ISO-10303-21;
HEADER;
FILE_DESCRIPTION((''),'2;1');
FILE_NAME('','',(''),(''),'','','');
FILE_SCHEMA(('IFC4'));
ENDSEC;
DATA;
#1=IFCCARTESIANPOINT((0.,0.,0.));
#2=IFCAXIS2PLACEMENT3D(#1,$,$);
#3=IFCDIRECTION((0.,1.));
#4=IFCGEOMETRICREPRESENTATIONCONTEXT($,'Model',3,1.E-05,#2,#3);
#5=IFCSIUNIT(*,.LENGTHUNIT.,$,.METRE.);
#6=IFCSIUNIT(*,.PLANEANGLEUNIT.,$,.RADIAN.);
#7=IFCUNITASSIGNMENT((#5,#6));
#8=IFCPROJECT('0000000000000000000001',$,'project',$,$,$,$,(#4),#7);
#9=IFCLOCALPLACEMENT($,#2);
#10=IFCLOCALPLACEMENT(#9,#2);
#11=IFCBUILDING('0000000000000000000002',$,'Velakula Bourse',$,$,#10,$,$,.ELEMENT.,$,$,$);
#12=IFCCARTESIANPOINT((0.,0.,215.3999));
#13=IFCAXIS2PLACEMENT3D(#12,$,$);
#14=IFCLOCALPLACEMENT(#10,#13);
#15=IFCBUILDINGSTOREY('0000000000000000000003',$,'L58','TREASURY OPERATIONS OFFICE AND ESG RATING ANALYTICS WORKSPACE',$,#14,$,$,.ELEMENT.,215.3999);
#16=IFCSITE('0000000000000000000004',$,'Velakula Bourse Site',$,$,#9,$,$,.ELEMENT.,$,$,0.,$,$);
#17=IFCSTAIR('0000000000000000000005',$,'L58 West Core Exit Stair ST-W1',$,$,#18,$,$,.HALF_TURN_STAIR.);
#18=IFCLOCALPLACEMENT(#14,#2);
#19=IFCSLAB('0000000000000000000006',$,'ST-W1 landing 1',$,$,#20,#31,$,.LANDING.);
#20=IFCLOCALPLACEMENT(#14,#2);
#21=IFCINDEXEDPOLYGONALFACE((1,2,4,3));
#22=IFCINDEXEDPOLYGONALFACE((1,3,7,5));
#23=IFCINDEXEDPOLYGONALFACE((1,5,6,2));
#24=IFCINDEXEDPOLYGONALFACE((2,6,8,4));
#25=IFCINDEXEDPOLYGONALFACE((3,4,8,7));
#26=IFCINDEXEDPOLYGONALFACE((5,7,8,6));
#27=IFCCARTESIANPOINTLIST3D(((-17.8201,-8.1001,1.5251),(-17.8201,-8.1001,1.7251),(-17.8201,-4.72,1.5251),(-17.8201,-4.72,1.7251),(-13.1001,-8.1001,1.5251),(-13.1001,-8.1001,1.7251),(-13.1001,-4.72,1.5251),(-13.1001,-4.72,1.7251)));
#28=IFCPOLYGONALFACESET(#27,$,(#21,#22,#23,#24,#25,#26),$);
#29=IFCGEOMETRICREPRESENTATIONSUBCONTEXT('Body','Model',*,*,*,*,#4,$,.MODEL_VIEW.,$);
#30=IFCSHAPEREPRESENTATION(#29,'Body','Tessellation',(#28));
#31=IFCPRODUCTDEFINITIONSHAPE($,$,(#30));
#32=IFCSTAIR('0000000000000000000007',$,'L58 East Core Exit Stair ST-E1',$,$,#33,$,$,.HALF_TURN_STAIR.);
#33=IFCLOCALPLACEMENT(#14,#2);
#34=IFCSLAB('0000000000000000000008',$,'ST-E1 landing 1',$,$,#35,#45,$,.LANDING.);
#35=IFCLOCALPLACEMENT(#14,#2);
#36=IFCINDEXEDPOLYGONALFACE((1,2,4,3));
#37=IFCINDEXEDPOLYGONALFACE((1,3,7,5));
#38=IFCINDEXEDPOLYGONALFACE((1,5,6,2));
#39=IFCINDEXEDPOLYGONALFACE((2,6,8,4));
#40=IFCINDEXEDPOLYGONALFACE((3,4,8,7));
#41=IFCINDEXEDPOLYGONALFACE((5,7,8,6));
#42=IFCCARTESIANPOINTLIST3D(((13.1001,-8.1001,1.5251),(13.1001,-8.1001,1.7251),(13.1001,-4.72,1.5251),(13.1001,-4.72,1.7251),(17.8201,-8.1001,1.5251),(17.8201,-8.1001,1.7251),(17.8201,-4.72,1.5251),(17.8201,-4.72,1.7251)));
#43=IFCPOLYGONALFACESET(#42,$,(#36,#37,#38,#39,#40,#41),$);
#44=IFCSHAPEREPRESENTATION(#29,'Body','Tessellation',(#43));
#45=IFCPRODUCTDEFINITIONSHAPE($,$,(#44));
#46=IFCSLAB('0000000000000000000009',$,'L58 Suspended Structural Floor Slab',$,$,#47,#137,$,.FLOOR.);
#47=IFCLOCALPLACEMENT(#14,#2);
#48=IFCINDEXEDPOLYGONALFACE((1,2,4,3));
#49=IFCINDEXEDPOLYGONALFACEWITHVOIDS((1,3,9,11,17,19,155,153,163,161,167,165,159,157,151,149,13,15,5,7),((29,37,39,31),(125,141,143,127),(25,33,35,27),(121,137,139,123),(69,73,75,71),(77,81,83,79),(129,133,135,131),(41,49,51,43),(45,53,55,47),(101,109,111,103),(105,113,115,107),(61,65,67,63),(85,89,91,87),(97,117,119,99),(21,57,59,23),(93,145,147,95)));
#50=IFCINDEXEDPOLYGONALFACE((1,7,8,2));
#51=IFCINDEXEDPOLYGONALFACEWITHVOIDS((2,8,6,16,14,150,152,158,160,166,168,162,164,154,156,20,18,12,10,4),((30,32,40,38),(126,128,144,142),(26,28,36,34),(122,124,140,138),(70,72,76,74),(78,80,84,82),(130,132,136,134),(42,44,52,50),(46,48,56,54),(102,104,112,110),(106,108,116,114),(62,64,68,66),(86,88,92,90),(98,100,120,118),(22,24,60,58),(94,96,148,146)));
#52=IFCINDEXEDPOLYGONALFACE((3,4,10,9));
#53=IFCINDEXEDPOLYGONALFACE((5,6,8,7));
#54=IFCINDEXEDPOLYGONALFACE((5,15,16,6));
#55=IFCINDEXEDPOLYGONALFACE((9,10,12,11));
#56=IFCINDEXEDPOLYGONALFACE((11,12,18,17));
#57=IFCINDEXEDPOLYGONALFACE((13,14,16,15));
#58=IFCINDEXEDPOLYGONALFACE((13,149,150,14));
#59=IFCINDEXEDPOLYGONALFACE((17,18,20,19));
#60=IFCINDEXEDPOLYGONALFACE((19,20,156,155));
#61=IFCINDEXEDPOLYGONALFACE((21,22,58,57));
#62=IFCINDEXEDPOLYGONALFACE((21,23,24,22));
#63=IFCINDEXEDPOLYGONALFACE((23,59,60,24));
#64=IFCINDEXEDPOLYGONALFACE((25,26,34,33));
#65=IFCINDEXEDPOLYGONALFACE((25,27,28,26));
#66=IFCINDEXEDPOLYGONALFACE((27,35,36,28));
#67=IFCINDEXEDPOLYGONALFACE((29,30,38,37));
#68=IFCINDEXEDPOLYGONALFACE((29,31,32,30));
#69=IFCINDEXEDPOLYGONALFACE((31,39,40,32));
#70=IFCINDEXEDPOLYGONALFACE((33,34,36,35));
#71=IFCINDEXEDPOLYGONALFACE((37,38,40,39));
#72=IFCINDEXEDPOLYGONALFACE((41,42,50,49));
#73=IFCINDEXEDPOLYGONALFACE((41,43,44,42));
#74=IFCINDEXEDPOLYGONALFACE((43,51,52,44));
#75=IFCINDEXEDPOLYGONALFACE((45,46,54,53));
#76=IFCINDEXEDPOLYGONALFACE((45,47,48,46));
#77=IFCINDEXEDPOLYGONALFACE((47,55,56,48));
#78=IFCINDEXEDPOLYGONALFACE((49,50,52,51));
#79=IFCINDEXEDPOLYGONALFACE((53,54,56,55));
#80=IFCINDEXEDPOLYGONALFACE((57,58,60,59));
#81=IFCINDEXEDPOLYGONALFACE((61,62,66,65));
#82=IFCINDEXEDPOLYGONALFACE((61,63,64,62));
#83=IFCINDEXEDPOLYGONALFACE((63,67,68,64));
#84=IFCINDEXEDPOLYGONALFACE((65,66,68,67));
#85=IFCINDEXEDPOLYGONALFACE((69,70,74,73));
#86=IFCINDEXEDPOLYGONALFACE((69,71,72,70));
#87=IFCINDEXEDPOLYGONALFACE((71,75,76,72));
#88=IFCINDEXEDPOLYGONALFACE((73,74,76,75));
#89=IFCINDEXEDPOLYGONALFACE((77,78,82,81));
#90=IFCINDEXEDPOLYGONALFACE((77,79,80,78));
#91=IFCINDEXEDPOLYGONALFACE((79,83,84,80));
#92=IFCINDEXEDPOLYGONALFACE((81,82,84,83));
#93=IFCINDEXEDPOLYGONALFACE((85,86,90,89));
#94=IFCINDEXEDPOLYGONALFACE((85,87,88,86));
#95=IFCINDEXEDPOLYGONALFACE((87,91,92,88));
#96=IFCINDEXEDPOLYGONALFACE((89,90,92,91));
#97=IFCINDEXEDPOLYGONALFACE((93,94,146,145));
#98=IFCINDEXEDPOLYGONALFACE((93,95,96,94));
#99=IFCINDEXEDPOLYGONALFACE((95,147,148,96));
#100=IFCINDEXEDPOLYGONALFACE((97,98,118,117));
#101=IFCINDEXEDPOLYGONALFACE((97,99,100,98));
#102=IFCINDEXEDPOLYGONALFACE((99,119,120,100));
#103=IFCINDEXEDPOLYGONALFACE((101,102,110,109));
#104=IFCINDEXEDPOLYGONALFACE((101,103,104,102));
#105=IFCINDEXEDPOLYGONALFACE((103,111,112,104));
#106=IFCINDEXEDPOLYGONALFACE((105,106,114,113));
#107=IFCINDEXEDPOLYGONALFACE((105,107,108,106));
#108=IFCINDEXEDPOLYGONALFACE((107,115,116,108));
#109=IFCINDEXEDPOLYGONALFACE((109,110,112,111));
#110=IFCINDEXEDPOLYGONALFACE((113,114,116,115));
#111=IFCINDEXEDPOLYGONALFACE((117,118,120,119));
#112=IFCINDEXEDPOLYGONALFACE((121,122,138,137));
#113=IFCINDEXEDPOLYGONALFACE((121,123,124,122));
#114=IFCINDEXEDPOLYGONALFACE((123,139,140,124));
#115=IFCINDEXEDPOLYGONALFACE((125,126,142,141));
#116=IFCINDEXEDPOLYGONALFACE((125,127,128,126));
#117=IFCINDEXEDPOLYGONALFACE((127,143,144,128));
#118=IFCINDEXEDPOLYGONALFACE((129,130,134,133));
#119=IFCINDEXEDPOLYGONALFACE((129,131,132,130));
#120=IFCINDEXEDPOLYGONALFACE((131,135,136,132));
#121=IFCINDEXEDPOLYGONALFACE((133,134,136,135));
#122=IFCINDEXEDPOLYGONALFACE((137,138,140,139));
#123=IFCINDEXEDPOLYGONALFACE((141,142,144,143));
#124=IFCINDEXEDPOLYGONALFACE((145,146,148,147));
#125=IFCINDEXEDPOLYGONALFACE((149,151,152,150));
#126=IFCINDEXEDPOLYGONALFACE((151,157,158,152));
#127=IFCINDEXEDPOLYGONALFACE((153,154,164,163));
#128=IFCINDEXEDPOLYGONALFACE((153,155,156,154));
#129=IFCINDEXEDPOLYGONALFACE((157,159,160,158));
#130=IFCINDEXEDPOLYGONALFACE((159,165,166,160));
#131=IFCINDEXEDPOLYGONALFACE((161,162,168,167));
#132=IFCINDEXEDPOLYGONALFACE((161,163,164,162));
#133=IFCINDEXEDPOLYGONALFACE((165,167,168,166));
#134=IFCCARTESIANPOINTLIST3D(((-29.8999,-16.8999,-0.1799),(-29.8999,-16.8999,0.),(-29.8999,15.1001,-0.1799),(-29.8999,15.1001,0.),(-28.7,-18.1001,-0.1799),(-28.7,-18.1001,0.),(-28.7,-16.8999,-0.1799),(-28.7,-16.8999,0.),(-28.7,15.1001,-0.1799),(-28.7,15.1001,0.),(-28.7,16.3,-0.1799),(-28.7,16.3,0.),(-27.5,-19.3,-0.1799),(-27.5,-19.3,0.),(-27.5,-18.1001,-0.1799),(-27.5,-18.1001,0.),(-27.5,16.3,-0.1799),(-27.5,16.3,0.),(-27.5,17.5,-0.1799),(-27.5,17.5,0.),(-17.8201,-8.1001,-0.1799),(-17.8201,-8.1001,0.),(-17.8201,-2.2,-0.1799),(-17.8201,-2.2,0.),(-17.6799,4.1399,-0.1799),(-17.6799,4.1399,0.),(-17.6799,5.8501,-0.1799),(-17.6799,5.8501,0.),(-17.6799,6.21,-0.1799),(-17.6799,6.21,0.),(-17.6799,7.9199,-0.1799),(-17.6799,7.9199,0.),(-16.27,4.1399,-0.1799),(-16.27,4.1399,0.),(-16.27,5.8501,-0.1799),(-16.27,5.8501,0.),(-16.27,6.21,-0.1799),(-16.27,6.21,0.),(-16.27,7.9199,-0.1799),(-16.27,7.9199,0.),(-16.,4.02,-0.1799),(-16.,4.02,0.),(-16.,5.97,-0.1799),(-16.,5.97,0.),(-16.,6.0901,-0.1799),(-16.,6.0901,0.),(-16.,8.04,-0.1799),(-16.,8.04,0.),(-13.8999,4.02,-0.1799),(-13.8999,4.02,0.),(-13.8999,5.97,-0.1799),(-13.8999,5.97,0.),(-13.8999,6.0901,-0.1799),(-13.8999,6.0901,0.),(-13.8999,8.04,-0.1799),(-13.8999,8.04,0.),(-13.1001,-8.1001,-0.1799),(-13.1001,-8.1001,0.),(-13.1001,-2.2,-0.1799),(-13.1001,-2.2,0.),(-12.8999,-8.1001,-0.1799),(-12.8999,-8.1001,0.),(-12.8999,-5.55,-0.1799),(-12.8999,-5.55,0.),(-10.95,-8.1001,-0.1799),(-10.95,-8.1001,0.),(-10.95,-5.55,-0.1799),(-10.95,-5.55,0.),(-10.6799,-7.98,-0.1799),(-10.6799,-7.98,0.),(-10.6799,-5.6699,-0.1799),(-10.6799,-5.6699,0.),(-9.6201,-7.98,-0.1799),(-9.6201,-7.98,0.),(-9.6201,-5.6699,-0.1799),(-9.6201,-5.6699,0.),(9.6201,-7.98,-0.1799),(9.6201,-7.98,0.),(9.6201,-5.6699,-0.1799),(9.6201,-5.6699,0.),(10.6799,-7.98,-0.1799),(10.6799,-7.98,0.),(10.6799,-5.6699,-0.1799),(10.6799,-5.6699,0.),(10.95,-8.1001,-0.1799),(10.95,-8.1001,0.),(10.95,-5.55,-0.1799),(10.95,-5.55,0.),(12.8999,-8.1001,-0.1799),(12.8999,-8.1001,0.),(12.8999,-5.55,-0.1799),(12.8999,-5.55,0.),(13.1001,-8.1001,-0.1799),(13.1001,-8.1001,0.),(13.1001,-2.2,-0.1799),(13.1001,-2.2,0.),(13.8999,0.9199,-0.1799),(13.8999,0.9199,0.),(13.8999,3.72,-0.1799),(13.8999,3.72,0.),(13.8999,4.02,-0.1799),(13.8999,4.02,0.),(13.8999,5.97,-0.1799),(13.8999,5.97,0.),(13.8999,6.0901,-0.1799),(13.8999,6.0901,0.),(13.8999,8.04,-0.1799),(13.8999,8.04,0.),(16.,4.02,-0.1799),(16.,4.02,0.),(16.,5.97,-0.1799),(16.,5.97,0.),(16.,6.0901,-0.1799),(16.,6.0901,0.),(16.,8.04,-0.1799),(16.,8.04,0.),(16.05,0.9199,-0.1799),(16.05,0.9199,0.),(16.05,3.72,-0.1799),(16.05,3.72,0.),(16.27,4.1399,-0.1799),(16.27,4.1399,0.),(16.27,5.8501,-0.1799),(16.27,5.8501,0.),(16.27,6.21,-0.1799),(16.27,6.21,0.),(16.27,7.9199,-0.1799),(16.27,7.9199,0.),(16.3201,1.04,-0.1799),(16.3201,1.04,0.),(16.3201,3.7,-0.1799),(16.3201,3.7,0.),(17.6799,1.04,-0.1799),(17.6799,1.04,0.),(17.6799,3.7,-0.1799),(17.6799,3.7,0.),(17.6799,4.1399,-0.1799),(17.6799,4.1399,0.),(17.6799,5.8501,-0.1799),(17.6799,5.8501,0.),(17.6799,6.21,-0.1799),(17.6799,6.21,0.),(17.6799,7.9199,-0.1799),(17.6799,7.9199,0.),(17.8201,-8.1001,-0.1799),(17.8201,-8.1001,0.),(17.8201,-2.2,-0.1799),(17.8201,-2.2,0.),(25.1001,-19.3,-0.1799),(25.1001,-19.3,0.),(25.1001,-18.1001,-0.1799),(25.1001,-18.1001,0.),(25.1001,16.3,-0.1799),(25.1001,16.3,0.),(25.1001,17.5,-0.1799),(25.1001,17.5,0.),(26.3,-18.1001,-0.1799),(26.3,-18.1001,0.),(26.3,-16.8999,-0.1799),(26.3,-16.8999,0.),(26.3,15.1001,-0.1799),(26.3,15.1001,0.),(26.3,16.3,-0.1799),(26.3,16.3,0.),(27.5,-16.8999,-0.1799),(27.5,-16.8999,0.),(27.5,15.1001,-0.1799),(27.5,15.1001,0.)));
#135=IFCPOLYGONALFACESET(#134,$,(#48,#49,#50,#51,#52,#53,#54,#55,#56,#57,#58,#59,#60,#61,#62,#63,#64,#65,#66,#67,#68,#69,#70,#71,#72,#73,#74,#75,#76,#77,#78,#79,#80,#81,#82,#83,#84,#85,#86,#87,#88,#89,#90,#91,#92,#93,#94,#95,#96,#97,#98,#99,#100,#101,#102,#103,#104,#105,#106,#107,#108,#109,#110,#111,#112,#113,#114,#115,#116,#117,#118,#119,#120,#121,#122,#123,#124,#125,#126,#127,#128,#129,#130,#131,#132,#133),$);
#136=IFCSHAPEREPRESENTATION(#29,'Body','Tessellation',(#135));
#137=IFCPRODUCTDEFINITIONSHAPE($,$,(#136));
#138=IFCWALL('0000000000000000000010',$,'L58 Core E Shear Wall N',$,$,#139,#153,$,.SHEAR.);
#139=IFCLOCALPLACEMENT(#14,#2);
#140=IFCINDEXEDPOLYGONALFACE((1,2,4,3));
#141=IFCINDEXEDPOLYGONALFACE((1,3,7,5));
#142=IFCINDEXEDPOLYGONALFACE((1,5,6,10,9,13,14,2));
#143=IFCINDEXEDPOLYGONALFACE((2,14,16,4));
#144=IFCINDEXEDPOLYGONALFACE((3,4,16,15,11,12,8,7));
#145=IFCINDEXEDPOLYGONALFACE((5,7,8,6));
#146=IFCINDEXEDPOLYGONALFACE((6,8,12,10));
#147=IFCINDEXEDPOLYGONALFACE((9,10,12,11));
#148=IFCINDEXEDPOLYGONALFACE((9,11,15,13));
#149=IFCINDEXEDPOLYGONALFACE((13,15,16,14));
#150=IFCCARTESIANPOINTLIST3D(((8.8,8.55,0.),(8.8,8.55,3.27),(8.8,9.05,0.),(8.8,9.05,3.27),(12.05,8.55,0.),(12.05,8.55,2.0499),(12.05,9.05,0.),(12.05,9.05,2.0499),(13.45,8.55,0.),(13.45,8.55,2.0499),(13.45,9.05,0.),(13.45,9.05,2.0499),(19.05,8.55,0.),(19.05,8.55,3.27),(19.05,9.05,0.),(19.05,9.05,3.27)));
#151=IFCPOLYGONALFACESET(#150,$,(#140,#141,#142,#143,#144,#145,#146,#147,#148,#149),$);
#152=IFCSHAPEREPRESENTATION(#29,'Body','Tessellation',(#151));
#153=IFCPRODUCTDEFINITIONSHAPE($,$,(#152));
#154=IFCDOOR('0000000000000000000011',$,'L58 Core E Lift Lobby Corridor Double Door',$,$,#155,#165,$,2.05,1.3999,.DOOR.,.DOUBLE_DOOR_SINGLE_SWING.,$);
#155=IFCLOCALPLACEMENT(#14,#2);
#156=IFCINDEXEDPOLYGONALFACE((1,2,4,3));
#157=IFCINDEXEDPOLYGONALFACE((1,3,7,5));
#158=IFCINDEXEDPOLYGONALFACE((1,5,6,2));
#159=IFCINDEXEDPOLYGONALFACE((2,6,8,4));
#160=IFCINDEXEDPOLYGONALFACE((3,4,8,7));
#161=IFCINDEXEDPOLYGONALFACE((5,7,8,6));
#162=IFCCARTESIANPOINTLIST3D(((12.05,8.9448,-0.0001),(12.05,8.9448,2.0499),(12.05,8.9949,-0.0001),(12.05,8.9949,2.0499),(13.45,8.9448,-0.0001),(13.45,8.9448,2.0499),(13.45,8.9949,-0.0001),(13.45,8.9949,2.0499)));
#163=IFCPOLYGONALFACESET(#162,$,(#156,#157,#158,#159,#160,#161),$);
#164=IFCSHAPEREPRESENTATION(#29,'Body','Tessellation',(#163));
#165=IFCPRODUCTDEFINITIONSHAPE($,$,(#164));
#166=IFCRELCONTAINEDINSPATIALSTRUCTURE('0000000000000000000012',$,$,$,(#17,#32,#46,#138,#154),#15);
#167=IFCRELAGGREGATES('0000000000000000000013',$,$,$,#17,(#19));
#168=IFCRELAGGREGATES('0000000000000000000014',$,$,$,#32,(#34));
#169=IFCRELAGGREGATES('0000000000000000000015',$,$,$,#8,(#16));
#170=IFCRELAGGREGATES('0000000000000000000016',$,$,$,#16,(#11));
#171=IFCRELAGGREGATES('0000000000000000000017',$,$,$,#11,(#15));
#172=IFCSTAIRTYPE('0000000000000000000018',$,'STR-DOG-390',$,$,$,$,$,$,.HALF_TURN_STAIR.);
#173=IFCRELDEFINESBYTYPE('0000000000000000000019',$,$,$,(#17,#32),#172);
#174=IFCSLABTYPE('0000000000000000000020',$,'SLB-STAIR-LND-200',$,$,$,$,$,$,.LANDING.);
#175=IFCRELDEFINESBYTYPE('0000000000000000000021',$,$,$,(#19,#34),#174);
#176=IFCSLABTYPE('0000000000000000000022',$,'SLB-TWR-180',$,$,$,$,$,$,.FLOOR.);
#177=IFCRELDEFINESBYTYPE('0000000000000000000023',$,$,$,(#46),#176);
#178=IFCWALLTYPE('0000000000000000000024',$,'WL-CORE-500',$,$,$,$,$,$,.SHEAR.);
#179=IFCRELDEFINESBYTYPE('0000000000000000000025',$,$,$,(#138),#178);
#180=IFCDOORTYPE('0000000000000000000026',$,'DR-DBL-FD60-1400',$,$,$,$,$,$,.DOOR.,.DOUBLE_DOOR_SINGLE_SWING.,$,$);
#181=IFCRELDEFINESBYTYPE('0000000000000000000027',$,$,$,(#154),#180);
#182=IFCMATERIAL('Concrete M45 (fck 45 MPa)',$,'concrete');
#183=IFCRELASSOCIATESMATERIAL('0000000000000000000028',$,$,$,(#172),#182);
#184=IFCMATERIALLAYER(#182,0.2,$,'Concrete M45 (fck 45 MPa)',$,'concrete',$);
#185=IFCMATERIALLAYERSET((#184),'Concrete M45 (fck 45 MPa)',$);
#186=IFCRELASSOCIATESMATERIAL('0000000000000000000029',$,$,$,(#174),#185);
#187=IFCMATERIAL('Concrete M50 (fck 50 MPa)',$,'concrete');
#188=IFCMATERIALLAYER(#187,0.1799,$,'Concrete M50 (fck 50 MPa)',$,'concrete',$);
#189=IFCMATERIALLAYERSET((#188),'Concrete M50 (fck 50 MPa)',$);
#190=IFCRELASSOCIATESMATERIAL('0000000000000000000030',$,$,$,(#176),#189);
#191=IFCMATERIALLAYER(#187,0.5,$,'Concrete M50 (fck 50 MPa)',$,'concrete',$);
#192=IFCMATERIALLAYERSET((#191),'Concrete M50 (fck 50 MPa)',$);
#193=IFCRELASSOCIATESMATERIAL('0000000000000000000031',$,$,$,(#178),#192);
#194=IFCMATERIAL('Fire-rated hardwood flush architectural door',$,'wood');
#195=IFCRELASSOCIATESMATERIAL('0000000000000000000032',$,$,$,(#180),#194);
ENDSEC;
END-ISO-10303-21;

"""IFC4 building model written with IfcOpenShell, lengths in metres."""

from ifc_helpers import new_model, si_unit, direction, frame, frame_2d, origin, place, context, subcontext, project, spatial, polyline, rectangle, outline, extrude, material, layer, layer_set, type_object, element, fill, aggregate, save


model = new_model("IFC4")

# Units and contexts
model_context = context("Model", 3, precision=1e-05, world=origin(), true_north=direction((0.0, 1.0)))
body_context = subcontext(model_context, "Body", "Model", "MODEL_VIEW")
ifc_project = project(units=[si_unit("LENGTHUNIT", "METRE"), si_unit("PLANEANGLEUNIT", "RADIAN")], contexts=[model_context])

# Site, building, storey
site_placement = place(None, origin())
site = spatial("IfcSite", under=ifc_project, at=site_placement, Name="Velakula Bourse Site", CompositionType="ELEMENT", RefElevation=0.0)
building_placement = place(site_placement, origin())
building = spatial("IfcBuilding", under=site, at=building_placement, Name="Velakula Bourse", CompositionType="ELEMENT")
storey_placement = place(building_placement, frame((0.0, 0.0, 215.3999)))
storey = spatial("IfcBuildingStorey", under=building, at=storey_placement, Name="L58", Description="TREASURY OPERATIONS OFFICE AND ESG RATING ANALYTICS WORKSPACE", CompositionType="ELEMENT", Elevation=215.3999)

# Shared definitions
ifc_material_1 = material(Name="Concrete M50 (fck 50 MPa)", Category="concrete")

# Stairs, slabs
ifc_material_2 = material(Name="Concrete M45 (fck 45 MPa)", Category="concrete")
stair_type = type_object("IfcStairType", Name="STR-DOG-390", PredefinedType="HALF_TURN_STAIR", material=ifc_material_2)
stair_1_placement = place(storey_placement, origin())
stair_1 = element("IfcStair", 1, at=stair_1_placement, inside=storey, type_object=stair_type, Name="L58 West Core Exit Stair ST-W1", PredefinedType="HALF_TURN_STAIR")
ifc_layer_1 = layer(ifc_material_2, 0.2, Name="Concrete M45 (fck 45 MPa)", Category="concrete")
ifc_layer_set_1 = layer_set([ifc_layer_1], Name="Concrete M45 (fck 45 MPa)")
slab_type_1 = type_object("IfcSlabType", Name="SLB-STAIR-LND-200", PredefinedType="LANDING", material=ifc_layer_set_1)
slab_1_placement = place(storey_placement, frame((0.0, 0.0, 1.5251)))
slab_1 = element("IfcSlab", 2, at=slab_1_placement, type_object=slab_type_1, Name="ST-W1 landing 1", PredefinedType="LANDING", context=body_context, shape_type="SweptSolid", body=[
    extrude(outline(polyline([(-17.8201, -4.72), (-17.8201, -8.1001), (-13.1001, -8.1001), (-13.1001, -4.72), (-17.8201, -4.72)])), origin(), (0.0, 0.0, 1.0), 0.2),
])
aggregate(stair_1, [slab_1])
stair_2_placement = place(storey_placement, origin())
stair_2 = element("IfcStair", 3, at=stair_2_placement, inside=storey, type_object=stair_type, Name="L58 East Core Exit Stair ST-E1", PredefinedType="HALF_TURN_STAIR")
slab_2_placement = place(storey_placement, frame((0.0, 0.0, 1.5251)))
slab_2 = element("IfcSlab", 4, at=slab_2_placement, type_object=slab_type_1, Name="ST-E1 landing 1", PredefinedType="LANDING", context=body_context, shape_type="SweptSolid", body=[
    extrude(outline(polyline([(13.1001, -4.72), (13.1001, -8.1001), (17.8201, -8.1001), (17.8201, -4.72), (13.1001, -4.72)])), origin(), (0.0, 0.0, 1.0), 0.2),
])
aggregate(stair_2, [slab_2])

# Slab
ifc_layer_2 = layer(ifc_material_1, 0.1799, Name="Concrete M50 (fck 50 MPa)", Category="concrete")
ifc_layer_set_2 = layer_set([ifc_layer_2], Name="Concrete M50 (fck 50 MPa)")
slab_type_2 = type_object("IfcSlabType", Name="SLB-TWR-180", PredefinedType="FLOOR", material=ifc_layer_set_2)
slab_3_placement = place(storey_placement, frame((0.0, 0.0, -0.1799)))
element("IfcSlab", 5, at=slab_3_placement, inside=storey, type_object=slab_type_2, Name="L58 Suspended Structural Floor Slab", PredefinedType="FLOOR", context=body_context, shape_type="SweptSolid", body=[
    extrude(outline(polyline([(-27.5, -19.3), (25.1001, -19.3), (25.1001, -18.1001), (26.3, -18.1001), (26.3, -16.8999), (27.5, -16.8999), (27.5, 15.1001), (26.3, 15.1001), (26.3, 16.3), (25.1001, 16.3), (25.1001, 17.5), (-27.5, 17.5), (-27.5, 16.3), (-28.7, 16.3), (-28.7, 15.1001), (-29.8999, 15.1001), (-29.8999, -16.8999), (-28.7, -16.8999), (-28.7, -18.1001), (-27.5, -18.1001), (-27.5, -19.3)]), holes=[polyline([(-17.8201, -8.1001), (-13.1001, -8.1001), (-13.1001, -2.2), (-17.8201, -2.2), (-17.8201, -8.1001)]), polyline([(13.1001, -8.1001), (17.8201, -8.1001), (17.8201, -2.2), (13.1001, -2.2), (13.1001, -8.1001)]), polyline([(-12.8999, -8.1001), (-10.95, -8.1001), (-10.95, -5.55), (-12.8999, -5.55), (-12.8999, -8.1001)]), polyline([(10.95, -8.1001), (12.8999, -8.1001), (12.8999, -5.55), (10.95, -5.55), (10.95, -8.1001)]), polyline([(13.8999, 0.9199), (16.05, 0.9199), (16.05, 3.72), (13.8999, 3.72), (13.8999, 0.9199)]), polyline([(-10.6799, -7.98), (-9.6201, -7.98), (-9.6201, -5.6699), (-10.6799, -5.6699), (-10.6799, -7.98)]), polyline([(-17.6799, 4.1399), (-16.27, 4.1399), (-16.27, 5.8501), (-17.6799, 5.8501), (-17.6799, 4.1399)]), polyline([(-17.6799, 6.21), (-16.27, 6.21), (-16.27, 7.9199), (-17.6799, 7.9199), (-17.6799, 6.21)]), polyline([(9.6201, -7.98), (10.6799, -7.98), (10.6799, -5.6699), (9.6201, -5.6699), (9.6201, -7.98)]), polyline([(16.27, 4.1399), (17.6799, 4.1399), (17.6799, 5.8501), (16.27, 5.8501), (16.27, 4.1399)]), polyline([(16.27, 6.21), (17.6799, 6.21), (17.6799, 7.9199), (16.27, 7.9199), (16.27, 6.21)]), polyline([(16.3201, 1.04), (17.6799, 1.04), (17.6799, 3.7), (16.3201, 3.7), (16.3201, 1.04)]), polyline([(-16.0, 4.02), (-13.8999, 4.02), (-13.8999, 5.97), (-16.0, 5.97), (-16.0, 4.02)]), polyline([(-16.0, 6.0901), (-13.8999, 6.0901), (-13.8999, 8.04), (-16.0, 8.04), (-16.0, 6.0901)]), polyline([(13.8999, 4.02), (16.0, 4.02), (16.0, 5.97), (13.8999, 5.97), (13.8999, 4.02)]), polyline([(13.8999, 6.0901), (16.0, 6.0901), (16.0, 8.04), (13.8999, 8.04), (13.8999, 6.0901)])]), origin(), (0.0, 0.0, 1.0), 0.1799),
])

# Wall, opening, door
ifc_layer_3 = layer(ifc_material_1, 0.5, Name="Concrete M50 (fck 50 MPa)", Category="concrete")
ifc_layer_set_3 = layer_set([ifc_layer_3], Name="Concrete M50 (fck 50 MPa)")
wall_type_1 = type_object("IfcWallType", Name="WL-CORE-500", PredefinedType="SHEAR", material=ifc_layer_set_3)
wall_1_placement = place(storey_placement, frame((8.8, 8.8, 0.0), z_axis=(0.0, 0.0, 1.0), x_axis=(1.0, 0.0, 0.0)))
wall_1 = element("IfcWall", 6, at=wall_1_placement, inside=storey, type_object=wall_type_1, Name="L58 Core E Shear Wall N", PredefinedType="SHEAR", context=body_context, shape_type="SweptSolid", body=[
    extrude(rectangle(XDim=10.25, YDim=0.5, at=frame_2d((5.125, 0.0))), origin(), (0.0, 0.0, 1.0), 3.27),
])
opening_1_placement = place(wall_1_placement, frame((3.25, 0.0, 0.0)))
opening_1 = element("IfcOpeningElement", 7, at=opening_1_placement, cuts=wall_1, PredefinedType="OPENING", context=body_context, shape_type="SweptSolid", body=[
    extrude(rectangle(XDim=1.3999, YDim=2.05, at=frame_2d((0.7, 1.0249))), frame((0.0, 0.26, 0.0), z_axis=(0.0, -1.0, 0.0), x_axis=(1.0, 0.0, 0.0)), (0.0, 0.0, 1.0), 0.52),
])
ifc_material_3 = material(Name="Fire-rated hardwood flush architectural door", Category="wood")
door_type = type_object("IfcDoorType", Name="DR-DBL-FD60-1400", OperationType="DOUBLE_DOOR_SINGLE_SWING", PredefinedType="DOOR", material=ifc_material_3)
door_placement = place(opening_1_placement, origin())
door = element("IfcDoor", 8, at=door_placement, inside=storey, type_object=door_type, Name="L58 Core E Lift Lobby Corridor Double Door", OperationType="DOUBLE_DOOR_SINGLE_SWING", OverallHeight=2.05, OverallWidth=1.3999, PredefinedType="DOOR", context=body_context, shape_type="SweptSolid", body=[
    extrude(rectangle(XDim=1.3999, YDim=2.05, at=frame_2d((0.7, 1.0249))), frame((0.0, 0.1948, 0.0), z_axis=(0.0, -1.0, 0.0), x_axis=(1.0, 0.0, 0.0)), (0.0, 0.0, 1.0), 0.05),
])
fill(opening_1, door)

save(model, "model.ifc")
